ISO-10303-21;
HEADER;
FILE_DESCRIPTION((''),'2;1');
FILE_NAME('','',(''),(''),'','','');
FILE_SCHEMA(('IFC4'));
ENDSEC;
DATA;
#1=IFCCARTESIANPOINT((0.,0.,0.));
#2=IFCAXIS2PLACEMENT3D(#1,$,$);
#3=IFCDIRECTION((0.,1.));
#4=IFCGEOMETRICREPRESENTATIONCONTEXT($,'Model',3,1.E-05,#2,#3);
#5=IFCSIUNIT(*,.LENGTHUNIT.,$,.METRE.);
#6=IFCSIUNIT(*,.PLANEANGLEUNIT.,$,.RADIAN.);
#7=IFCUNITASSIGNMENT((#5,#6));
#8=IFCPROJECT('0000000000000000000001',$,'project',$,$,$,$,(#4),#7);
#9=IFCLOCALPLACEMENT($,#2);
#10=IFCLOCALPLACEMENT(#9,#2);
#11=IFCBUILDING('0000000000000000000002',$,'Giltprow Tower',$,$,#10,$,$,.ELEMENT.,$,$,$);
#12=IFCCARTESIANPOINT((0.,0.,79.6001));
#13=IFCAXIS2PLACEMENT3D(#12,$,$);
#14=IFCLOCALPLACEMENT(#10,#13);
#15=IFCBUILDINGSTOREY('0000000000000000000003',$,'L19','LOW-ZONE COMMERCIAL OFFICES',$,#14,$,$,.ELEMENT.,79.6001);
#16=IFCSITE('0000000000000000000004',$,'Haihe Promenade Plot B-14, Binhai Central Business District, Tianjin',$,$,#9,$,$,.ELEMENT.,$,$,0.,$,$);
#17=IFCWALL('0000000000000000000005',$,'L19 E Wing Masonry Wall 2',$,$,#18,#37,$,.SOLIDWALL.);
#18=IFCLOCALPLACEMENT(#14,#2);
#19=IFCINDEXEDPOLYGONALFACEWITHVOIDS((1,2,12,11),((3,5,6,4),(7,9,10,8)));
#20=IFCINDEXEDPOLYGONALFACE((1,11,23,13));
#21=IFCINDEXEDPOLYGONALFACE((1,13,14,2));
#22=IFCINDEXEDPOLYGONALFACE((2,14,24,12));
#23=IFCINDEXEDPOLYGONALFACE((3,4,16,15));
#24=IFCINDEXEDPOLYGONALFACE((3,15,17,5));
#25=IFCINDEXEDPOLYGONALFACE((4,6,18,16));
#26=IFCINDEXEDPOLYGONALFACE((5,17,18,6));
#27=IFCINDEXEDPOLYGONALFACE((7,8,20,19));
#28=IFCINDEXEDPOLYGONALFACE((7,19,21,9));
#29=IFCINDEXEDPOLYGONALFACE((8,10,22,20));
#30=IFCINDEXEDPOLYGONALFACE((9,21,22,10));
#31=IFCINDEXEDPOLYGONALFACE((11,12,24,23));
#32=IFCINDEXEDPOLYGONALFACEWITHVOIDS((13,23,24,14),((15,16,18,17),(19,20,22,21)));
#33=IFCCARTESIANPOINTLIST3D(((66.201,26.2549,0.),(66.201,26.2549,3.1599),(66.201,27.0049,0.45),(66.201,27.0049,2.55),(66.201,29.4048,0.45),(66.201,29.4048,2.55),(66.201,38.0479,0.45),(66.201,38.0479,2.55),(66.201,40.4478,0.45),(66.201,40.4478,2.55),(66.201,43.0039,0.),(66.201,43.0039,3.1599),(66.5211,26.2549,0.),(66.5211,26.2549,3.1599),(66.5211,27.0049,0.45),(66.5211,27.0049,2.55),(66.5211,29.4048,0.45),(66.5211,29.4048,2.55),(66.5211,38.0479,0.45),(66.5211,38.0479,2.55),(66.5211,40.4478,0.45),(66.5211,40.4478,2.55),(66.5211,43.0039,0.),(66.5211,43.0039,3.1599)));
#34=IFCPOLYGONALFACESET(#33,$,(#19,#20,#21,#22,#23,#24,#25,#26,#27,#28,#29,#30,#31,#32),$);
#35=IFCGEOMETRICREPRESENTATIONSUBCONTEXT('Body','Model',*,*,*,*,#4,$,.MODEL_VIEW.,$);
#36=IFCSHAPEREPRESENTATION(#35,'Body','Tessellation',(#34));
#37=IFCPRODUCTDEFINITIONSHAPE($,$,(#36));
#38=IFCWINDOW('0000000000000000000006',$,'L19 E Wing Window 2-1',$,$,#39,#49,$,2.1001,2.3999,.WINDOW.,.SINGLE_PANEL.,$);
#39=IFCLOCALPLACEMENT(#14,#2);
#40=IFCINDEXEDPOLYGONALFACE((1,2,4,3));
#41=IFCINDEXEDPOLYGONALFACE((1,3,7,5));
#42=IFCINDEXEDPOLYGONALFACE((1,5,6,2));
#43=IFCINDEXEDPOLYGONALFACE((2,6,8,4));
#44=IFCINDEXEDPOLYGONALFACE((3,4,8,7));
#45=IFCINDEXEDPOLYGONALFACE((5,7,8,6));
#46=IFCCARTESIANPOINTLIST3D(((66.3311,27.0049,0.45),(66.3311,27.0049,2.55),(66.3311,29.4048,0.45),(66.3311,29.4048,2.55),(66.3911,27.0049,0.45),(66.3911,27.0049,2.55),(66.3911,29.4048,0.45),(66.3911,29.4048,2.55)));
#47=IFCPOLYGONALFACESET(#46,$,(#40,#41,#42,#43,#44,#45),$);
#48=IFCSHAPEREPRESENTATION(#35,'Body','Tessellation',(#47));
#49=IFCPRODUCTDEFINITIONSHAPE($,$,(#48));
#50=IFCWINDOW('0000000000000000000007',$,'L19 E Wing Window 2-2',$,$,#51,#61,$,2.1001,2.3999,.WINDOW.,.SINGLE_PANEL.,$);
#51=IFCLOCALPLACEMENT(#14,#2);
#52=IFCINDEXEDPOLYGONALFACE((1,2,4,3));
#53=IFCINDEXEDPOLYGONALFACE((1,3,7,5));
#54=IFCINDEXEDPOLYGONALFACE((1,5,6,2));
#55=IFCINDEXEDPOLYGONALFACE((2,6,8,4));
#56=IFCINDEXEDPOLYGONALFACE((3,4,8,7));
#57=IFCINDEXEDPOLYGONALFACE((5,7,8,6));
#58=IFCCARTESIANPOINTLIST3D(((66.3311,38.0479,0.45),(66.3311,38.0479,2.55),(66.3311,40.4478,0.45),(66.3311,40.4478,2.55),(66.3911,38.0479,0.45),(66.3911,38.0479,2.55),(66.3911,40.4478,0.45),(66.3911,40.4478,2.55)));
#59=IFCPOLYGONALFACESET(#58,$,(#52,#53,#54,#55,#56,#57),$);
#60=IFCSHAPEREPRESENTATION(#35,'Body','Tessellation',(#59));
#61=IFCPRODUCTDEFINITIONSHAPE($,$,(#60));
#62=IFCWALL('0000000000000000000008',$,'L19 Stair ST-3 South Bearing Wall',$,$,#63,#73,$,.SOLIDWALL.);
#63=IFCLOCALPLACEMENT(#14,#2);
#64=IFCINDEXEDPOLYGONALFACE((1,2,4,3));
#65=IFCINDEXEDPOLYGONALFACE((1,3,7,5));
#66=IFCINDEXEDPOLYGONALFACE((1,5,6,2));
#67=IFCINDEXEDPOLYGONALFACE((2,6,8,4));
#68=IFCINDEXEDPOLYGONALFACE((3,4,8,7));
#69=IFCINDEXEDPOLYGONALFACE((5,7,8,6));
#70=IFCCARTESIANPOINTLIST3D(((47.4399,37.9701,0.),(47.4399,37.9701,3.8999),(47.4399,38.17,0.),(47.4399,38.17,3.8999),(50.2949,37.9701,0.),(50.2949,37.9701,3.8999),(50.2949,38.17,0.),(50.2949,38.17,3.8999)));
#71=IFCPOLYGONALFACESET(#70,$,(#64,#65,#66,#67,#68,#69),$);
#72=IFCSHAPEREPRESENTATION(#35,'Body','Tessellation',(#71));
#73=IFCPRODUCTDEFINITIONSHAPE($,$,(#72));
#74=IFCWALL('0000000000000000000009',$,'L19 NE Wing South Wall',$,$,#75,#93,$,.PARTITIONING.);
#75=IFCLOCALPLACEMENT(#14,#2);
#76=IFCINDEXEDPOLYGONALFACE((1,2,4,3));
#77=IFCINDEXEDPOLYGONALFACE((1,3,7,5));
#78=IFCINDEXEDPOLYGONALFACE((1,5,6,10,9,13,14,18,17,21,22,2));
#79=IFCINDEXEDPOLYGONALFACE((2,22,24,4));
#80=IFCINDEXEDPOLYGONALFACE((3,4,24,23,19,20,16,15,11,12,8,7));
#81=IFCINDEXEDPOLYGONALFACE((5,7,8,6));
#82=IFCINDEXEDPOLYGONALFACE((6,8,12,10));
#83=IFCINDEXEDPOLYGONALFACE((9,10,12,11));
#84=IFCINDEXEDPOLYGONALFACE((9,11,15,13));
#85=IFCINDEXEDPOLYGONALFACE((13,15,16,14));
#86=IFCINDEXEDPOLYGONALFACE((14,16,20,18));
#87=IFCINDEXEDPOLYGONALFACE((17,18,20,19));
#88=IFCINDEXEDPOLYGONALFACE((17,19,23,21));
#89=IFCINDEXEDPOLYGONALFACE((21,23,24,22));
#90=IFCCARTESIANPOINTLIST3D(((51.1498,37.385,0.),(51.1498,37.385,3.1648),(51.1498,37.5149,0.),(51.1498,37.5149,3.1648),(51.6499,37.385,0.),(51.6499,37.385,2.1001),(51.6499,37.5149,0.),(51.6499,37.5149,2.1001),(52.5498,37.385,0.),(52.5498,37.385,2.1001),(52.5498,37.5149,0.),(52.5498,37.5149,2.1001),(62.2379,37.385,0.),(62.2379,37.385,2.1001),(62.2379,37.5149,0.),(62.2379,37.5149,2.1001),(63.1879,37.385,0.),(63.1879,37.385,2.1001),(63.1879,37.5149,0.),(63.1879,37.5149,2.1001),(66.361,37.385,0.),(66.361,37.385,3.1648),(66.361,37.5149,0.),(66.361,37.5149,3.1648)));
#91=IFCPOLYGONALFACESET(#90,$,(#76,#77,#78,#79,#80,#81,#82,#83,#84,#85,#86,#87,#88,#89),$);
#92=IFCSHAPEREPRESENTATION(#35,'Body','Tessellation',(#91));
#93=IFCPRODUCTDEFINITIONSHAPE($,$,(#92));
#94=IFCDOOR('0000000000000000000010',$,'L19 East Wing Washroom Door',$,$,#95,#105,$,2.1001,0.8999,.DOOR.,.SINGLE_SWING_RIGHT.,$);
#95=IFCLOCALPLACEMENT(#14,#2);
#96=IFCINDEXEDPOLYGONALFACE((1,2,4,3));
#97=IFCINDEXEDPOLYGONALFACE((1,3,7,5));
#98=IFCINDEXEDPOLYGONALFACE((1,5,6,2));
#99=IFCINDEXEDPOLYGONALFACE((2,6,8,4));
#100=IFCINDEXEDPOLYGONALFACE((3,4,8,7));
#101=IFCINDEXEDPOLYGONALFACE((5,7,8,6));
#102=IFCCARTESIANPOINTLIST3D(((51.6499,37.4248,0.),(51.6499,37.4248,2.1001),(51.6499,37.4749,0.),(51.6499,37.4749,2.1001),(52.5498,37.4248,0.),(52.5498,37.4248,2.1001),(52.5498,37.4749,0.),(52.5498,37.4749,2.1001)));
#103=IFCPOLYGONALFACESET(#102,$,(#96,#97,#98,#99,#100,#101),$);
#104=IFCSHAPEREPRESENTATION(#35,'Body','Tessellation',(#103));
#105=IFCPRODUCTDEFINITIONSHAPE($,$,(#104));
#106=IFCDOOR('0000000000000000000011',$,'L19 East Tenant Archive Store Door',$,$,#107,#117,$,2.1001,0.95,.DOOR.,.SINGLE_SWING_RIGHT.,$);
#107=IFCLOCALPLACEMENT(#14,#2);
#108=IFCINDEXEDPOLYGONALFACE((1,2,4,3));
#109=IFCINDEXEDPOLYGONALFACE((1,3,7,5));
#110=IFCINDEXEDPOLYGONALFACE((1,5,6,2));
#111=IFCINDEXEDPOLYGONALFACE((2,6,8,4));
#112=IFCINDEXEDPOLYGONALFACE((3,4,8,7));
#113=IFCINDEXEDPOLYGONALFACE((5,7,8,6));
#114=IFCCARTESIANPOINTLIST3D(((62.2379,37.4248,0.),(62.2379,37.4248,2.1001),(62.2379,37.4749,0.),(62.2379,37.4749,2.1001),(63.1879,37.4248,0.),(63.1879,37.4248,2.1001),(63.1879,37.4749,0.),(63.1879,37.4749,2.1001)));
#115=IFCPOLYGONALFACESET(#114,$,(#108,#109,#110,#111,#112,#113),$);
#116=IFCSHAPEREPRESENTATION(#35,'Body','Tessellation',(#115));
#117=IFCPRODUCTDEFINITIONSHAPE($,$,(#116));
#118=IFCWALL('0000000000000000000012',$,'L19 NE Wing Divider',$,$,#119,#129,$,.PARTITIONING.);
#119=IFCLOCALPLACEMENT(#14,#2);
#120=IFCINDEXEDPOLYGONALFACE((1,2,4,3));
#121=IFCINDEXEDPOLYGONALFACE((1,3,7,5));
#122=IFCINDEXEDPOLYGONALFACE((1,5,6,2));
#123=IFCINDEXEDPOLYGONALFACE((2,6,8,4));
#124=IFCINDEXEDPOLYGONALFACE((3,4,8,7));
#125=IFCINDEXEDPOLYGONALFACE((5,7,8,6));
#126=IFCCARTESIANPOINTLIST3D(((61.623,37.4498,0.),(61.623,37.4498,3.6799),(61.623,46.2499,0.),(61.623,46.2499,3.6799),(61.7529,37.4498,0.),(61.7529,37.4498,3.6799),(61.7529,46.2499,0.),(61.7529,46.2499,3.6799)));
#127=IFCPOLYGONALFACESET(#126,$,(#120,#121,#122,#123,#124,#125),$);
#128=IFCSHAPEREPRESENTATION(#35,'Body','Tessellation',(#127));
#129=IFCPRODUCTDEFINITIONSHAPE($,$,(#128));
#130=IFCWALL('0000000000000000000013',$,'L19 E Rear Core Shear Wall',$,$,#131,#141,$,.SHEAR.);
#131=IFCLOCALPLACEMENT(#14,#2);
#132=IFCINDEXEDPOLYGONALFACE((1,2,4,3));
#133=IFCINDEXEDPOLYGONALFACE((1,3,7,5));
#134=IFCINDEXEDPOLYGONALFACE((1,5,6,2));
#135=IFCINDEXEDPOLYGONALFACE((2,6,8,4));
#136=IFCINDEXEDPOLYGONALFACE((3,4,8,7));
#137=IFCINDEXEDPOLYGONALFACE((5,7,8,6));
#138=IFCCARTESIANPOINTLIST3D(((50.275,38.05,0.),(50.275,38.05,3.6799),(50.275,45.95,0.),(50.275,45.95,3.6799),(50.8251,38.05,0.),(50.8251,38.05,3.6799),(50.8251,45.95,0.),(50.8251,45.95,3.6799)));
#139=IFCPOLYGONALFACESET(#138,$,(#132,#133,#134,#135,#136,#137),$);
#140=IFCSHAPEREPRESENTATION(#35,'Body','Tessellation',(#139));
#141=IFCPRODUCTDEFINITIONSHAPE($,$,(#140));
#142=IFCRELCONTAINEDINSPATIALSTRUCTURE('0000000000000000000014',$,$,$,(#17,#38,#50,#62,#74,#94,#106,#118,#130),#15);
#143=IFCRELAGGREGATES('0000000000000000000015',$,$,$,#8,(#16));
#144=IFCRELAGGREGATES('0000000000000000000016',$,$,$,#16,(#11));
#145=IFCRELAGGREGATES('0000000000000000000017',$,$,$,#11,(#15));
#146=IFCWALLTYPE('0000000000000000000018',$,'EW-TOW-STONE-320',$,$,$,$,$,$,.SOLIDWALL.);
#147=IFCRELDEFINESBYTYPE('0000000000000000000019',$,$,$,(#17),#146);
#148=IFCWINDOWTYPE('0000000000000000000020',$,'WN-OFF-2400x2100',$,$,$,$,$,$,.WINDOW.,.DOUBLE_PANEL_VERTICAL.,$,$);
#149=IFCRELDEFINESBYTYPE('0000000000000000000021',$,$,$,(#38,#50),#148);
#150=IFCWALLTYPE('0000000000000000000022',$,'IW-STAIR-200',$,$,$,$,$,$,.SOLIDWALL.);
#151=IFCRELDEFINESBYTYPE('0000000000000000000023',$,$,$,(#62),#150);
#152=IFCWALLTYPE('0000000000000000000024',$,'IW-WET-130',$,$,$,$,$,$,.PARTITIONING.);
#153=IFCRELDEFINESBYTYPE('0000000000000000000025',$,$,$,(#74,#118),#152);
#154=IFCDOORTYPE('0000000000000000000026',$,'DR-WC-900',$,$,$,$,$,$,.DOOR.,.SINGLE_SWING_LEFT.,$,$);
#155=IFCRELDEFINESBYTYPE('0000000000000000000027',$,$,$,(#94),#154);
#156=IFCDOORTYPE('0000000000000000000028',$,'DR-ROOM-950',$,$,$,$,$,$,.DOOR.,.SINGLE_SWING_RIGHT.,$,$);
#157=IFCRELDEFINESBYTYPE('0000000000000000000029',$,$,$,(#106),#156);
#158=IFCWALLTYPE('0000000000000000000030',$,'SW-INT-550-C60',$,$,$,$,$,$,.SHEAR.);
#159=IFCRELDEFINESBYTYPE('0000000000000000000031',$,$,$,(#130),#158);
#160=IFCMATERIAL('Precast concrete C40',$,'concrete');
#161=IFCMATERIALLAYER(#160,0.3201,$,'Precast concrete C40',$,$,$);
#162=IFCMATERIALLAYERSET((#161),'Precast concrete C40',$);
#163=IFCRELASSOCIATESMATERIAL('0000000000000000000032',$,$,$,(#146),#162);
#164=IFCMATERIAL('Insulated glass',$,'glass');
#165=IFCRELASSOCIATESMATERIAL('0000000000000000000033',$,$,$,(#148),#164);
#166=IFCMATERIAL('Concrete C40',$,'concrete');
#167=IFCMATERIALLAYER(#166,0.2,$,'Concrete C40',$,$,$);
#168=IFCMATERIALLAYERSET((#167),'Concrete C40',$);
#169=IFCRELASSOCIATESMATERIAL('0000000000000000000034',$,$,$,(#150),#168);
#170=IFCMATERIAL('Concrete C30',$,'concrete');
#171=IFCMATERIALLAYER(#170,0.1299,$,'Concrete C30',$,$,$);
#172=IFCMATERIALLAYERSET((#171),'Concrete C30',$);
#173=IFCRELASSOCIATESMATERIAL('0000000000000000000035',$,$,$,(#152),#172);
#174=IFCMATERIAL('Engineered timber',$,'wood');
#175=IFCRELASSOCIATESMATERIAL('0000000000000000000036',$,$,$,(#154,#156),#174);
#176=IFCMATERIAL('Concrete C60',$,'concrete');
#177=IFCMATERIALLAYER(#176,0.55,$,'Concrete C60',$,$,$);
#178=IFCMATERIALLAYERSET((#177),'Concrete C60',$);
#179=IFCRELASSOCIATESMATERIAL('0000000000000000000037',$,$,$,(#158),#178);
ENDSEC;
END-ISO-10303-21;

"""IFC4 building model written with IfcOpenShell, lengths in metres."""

from ifc_helpers import new_model, si_unit, direction, frame, frame_2d, origin, place, context, subcontext, project, spatial, rectangle, extrude, source, transform, mapped, material, layer, layer_set, type_object, element, fill, save


model = new_model("IFC4")

# Units and contexts
model_context = context("Model", 3, precision=1e-05, world=origin(), true_north=direction((0.0, 1.0)))
body_context = subcontext(model_context, "Body", "Model", "MODEL_VIEW")
ifc_project = project(units=[si_unit("LENGTHUNIT", "METRE"), si_unit("PLANEANGLEUNIT", "RADIAN")], contexts=[model_context])

# Site, building, storey
site_placement = place(None, origin())
site = spatial("IfcSite", under=ifc_project, at=site_placement, Name="Haihe Promenade Plot B-14, Binhai Central Business District, Tianjin", CompositionType="ELEMENT", RefElevation=0.0)
building_placement = place(site_placement, origin())
building = spatial("IfcBuilding", under=site, at=building_placement, Name="Giltprow Tower", CompositionType="ELEMENT")
storey_placement = place(building_placement, frame((0.0, 0.0, 79.6001)))
storey = spatial("IfcBuildingStorey", under=building, at=storey_placement, Name="L19", Description="LOW-ZONE COMMERCIAL OFFICES", CompositionType="ELEMENT", Elevation=79.6001)

# Shared definitions
ifc_material_1 = material(Name="Concrete C60", Category="concrete")

# Wall, openings, windows
ifc_material_2 = material(Name="Precast concrete C40", Category="concrete")
ifc_layer_1 = layer(ifc_material_2, 0.3201, Name="Precast concrete C40")
ifc_layer_set_1 = layer_set([ifc_layer_1], Name="Precast concrete C40")
wall_type_1 = type_object("IfcWallType", Name="EW-TOW-STONE-320", PredefinedType="SOLIDWALL", material=ifc_layer_set_1)
wall_1_placement = place(storey_placement, frame((66.3611, 26.2549, 0.0), z_axis=(0.0, 0.0, 1.0), x_axis=(0.0, 1.0, 0.0)))
wall_1 = element("IfcWall", 1, at=wall_1_placement, inside=storey, type_object=wall_type_1, Name="L19 E Wing Masonry Wall 2", PredefinedType="SOLIDWALL", context=body_context, shape_type="SweptSolid", body=[
    extrude(rectangle(XDim=16.749, YDim=0.3201, at=frame_2d((8.3745, 0.0))), origin(), (0.0, 0.0, 1.0), 3.1599),
])
opening_1_placement = place(wall_1_placement, frame((0.75, 0.0, 0.45)))
opening_1 = element("IfcOpeningElement", 2, at=opening_1_placement, cuts=wall_1, PredefinedType="OPENING", context=body_context, shape_type="SweptSolid", body=[
    extrude(rectangle(XDim=2.3999, YDim=2.1001, at=frame_2d((1.2, 1.05))), frame((0.0, 0.1699, 0.0), z_axis=(0.0, -1.0, 0.0), x_axis=(1.0, 0.0, 0.0)), (0.0, 0.0, 1.0), 0.3401),
])
opening_2_placement = place(wall_1_placement, frame((11.793, 0.0, 0.45)))
opening_2 = element("IfcOpeningElement", 3, at=opening_2_placement, cuts=wall_1, PredefinedType="OPENING", context=body_context, shape_type="SweptSolid", body=[
    extrude(rectangle(XDim=2.3999, YDim=2.1001, at=frame_2d((1.2, 1.05))), frame((0.0, 0.1699, 0.0), z_axis=(0.0, -1.0, 0.0), x_axis=(1.0, 0.0, 0.0)), (0.0, 0.0, 1.0), 0.3401),
])
ifc_material_3 = material(Name="Insulated glass", Category="glass")
window_type = type_object("IfcWindowType", Name="WN-OFF-2400x2100", PartitioningType="DOUBLE_PANEL_VERTICAL", PredefinedType="WINDOW", material=ifc_material_3)
shared_shape_1 = source(origin(), body_context, "Body", "SweptSolid", [
    extrude(rectangle(XDim=2.3999, YDim=2.1001, at=frame_2d((1.2, 1.05))), frame((0.0, 0.03, 0.0), z_axis=(0.0, -1.0, 0.0), x_axis=(1.0, 0.0, 0.0)), (0.0, 0.0, 1.0), 0.0601),
])
window_1_placement = place(opening_1_placement, origin())
window_1 = element("IfcWindow", 4, at=window_1_placement, inside=storey, type_object=window_type, Name="L19 E Wing Window 2-1", OverallHeight=2.1001, OverallWidth=2.3999, PartitioningType="SINGLE_PANEL", PredefinedType="WINDOW", context=body_context, shape_type="MappedRepresentation", body=[
    mapped(shared_shape_1, transform((0.0, 0.0, 0.0), x_axis=(1.0, 0.0, 0.0), y_axis=(0.0, 1.0, 0.0), z_axis=(0.0, 0.0, 1.0), scale=1.0)),
])
fill(opening_1, window_1)
window_2_placement = place(opening_2_placement, origin())
window_2 = element("IfcWindow", 5, at=window_2_placement, inside=storey, type_object=window_type, Name="L19 E Wing Window 2-2", OverallHeight=2.1001, OverallWidth=2.3999, PartitioningType="SINGLE_PANEL", PredefinedType="WINDOW", context=body_context, shape_type="MappedRepresentation", body=[
    mapped(shared_shape_1, transform((0.0, 0.0, 0.0), x_axis=(1.0, 0.0, 0.0), y_axis=(0.0, 1.0, 0.0), z_axis=(0.0, 0.0, 1.0), scale=1.0)),
])
fill(opening_2, window_2)

# Wall
ifc_material_4 = material(Name="Concrete C40", Category="concrete")
ifc_layer_2 = layer(ifc_material_4, 0.2, Name="Concrete C40")
ifc_layer_set_2 = layer_set([ifc_layer_2], Name="Concrete C40")
wall_type_2 = type_object("IfcWallType", Name="IW-STAIR-200", PredefinedType="SOLIDWALL", material=ifc_layer_set_2)
wall_2_placement = place(storey_placement, frame((47.4399, 38.0701, 0.0), z_axis=(0.0, 0.0, 1.0), x_axis=(1.0, 0.0, 0.0)))
element("IfcWall", 6, at=wall_2_placement, inside=storey, type_object=wall_type_2, Name="L19 Stair ST-3 South Bearing Wall", PredefinedType="SOLIDWALL", context=body_context, shape_type="SweptSolid", body=[
    extrude(rectangle(XDim=2.855, YDim=0.2, at=frame_2d((1.4275, 0.0))), origin(), (0.0, 0.0, 1.0), 3.8999),
])

# Wall, openings, doors
ifc_material_5 = material(Name="Concrete C30", Category="concrete")
ifc_layer_3 = layer(ifc_material_5, 0.1299, Name="Concrete C30")
ifc_layer_set_3 = layer_set([ifc_layer_3], Name="Concrete C30")
wall_type_3 = type_object("IfcWallType", Name="IW-WET-130", PredefinedType="PARTITIONING", material=ifc_layer_set_3)
wall_3_placement = place(storey_placement, frame((51.1499, 37.45, 0.0), z_axis=(0.0, 0.0, 1.0), x_axis=(1.0, 0.0, 0.0)))
wall_3 = element("IfcWall", 7, at=wall_3_placement, inside=storey, type_object=wall_type_3, Name="L19 NE Wing South Wall", PredefinedType="PARTITIONING", context=body_context, shape_type="SweptSolid", body=[
    extrude(rectangle(XDim=15.2112, YDim=0.1299, at=frame_2d((7.6055, 0.0))), origin(), (0.0, 0.0, 1.0), 3.1648),
])
opening_3_placement = place(wall_3_placement, frame((0.5, 0.0, 0.0)))
opening_3 = element("IfcOpeningElement", 8, at=opening_3_placement, cuts=wall_3, PredefinedType="OPENING", context=body_context, shape_type="SweptSolid", body=[
    extrude(rectangle(XDim=0.8999, YDim=2.1001, at=frame_2d((0.45, 1.05))), frame((0.0, 0.075, 0.0), z_axis=(0.0, -1.0, 0.0), x_axis=(1.0, 0.0, 0.0)), (0.0, 0.0, 1.0), 0.1499),
])
opening_4_placement = place(wall_3_placement, frame((11.0879, 0.0, 0.0)))
opening_4 = element("IfcOpeningElement", 9, at=opening_4_placement, cuts=wall_3, PredefinedType="OPENING", context=body_context, shape_type="SweptSolid", body=[
    extrude(rectangle(XDim=0.95, YDim=2.1001, at=frame_2d((0.4751, 1.05))), frame((0.0, 0.075, 0.0), z_axis=(0.0, -1.0, 0.0), x_axis=(1.0, 0.0, 0.0)), (0.0, 0.0, 1.0), 0.1499),
])
ifc_material_6 = material(Name="Engineered timber", Category="wood")
door_type_1 = type_object("IfcDoorType", Name="DR-WC-900", OperationType="SINGLE_SWING_LEFT", PredefinedType="DOOR", material=ifc_material_6)
shared_shape_2 = source(origin(), body_context, "Body", "SweptSolid", [
    extrude(rectangle(XDim=0.8999, YDim=2.1001, at=frame_2d((0.45, 1.05))), frame((0.0, 0.0249, 0.0), z_axis=(0.0, -1.0, 0.0), x_axis=(1.0, 0.0, 0.0)), (0.0, 0.0, 1.0), 0.05),
])
door_1_placement = place(opening_3_placement, origin())
door_1 = element("IfcDoor", 10, at=door_1_placement, inside=storey, type_object=door_type_1, Name="L19 East Wing Washroom Door", OperationType="SINGLE_SWING_RIGHT", OverallHeight=2.1001, OverallWidth=0.8999, PredefinedType="DOOR", context=body_context, shape_type="MappedRepresentation", body=[
    mapped(shared_shape_2, transform((0.0, 0.0, 0.0), x_axis=(1.0, 0.0, 0.0), y_axis=(0.0, 1.0, 0.0), z_axis=(0.0, 0.0, 1.0), scale=1.0)),
])
fill(opening_3, door_1)
door_type_2 = type_object("IfcDoorType", Name="DR-ROOM-950", OperationType="SINGLE_SWING_RIGHT", PredefinedType="DOOR", material=ifc_material_6)
shared_shape_3 = source(origin(), body_context, "Body", "SweptSolid", [
    extrude(rectangle(XDim=0.95, YDim=2.1001, at=frame_2d((0.4751, 1.05))), frame((0.0, 0.0249, 0.0), z_axis=(0.0, -1.0, 0.0), x_axis=(1.0, 0.0, 0.0)), (0.0, 0.0, 1.0), 0.05),
])
door_2_placement = place(opening_4_placement, origin())
door_2 = element("IfcDoor", 11, at=door_2_placement, inside=storey, type_object=door_type_2, Name="L19 East Tenant Archive Store Door", OperationType="SINGLE_SWING_RIGHT", OverallHeight=2.1001, OverallWidth=0.95, PredefinedType="DOOR", context=body_context, shape_type="MappedRepresentation", body=[
    mapped(shared_shape_3, transform((0.0, 0.0, 0.0), x_axis=(1.0, 0.0, 0.0), y_axis=(0.0, 1.0, 0.0), z_axis=(0.0, 0.0, 1.0), scale=1.0)),
])
fill(opening_4, door_2)

# Walls
wall_4_placement = place(storey_placement, frame((61.688, 37.45, 0.0), z_axis=(0.0, 0.0, 1.0), x_axis=(0.0, 1.0, 0.0)))
element("IfcWall", 12, at=wall_4_placement, inside=storey, type_object=wall_type_3, Name="L19 NE Wing Divider", PredefinedType="PARTITIONING", context=body_context, shape_type="SweptSolid", body=[
    extrude(rectangle(XDim=8.8, YDim=0.1299, at=frame_2d((4.3999, 0.0))), origin(), (0.0, 0.0, 1.0), 3.6799),
])
ifc_layer_4 = layer(ifc_material_1, 0.55, Name="Concrete C60")
ifc_layer_set_4 = layer_set([ifc_layer_4], Name="Concrete C60")
wall_type_4 = type_object("IfcWallType", Name="SW-INT-550-C60", PredefinedType="SHEAR", material=ifc_layer_set_4)
wall_5_placement = place(storey_placement, frame((50.55, 38.05, 0.0), z_axis=(0.0, 0.0, 1.0), x_axis=(0.0, 1.0, 0.0)))
element("IfcWall", 13, at=wall_5_placement, inside=storey, type_object=wall_type_4, Name="L19 E Rear Core Shear Wall", PredefinedType="SHEAR", context=body_context, shape_type="SweptSolid", body=[
    extrude(rectangle(XDim=7.8999, YDim=0.55, at=frame_2d((3.95, 0.0))), origin(), (0.0, 0.0, 1.0), 3.6799),
])

save(model, "model.ifc")
